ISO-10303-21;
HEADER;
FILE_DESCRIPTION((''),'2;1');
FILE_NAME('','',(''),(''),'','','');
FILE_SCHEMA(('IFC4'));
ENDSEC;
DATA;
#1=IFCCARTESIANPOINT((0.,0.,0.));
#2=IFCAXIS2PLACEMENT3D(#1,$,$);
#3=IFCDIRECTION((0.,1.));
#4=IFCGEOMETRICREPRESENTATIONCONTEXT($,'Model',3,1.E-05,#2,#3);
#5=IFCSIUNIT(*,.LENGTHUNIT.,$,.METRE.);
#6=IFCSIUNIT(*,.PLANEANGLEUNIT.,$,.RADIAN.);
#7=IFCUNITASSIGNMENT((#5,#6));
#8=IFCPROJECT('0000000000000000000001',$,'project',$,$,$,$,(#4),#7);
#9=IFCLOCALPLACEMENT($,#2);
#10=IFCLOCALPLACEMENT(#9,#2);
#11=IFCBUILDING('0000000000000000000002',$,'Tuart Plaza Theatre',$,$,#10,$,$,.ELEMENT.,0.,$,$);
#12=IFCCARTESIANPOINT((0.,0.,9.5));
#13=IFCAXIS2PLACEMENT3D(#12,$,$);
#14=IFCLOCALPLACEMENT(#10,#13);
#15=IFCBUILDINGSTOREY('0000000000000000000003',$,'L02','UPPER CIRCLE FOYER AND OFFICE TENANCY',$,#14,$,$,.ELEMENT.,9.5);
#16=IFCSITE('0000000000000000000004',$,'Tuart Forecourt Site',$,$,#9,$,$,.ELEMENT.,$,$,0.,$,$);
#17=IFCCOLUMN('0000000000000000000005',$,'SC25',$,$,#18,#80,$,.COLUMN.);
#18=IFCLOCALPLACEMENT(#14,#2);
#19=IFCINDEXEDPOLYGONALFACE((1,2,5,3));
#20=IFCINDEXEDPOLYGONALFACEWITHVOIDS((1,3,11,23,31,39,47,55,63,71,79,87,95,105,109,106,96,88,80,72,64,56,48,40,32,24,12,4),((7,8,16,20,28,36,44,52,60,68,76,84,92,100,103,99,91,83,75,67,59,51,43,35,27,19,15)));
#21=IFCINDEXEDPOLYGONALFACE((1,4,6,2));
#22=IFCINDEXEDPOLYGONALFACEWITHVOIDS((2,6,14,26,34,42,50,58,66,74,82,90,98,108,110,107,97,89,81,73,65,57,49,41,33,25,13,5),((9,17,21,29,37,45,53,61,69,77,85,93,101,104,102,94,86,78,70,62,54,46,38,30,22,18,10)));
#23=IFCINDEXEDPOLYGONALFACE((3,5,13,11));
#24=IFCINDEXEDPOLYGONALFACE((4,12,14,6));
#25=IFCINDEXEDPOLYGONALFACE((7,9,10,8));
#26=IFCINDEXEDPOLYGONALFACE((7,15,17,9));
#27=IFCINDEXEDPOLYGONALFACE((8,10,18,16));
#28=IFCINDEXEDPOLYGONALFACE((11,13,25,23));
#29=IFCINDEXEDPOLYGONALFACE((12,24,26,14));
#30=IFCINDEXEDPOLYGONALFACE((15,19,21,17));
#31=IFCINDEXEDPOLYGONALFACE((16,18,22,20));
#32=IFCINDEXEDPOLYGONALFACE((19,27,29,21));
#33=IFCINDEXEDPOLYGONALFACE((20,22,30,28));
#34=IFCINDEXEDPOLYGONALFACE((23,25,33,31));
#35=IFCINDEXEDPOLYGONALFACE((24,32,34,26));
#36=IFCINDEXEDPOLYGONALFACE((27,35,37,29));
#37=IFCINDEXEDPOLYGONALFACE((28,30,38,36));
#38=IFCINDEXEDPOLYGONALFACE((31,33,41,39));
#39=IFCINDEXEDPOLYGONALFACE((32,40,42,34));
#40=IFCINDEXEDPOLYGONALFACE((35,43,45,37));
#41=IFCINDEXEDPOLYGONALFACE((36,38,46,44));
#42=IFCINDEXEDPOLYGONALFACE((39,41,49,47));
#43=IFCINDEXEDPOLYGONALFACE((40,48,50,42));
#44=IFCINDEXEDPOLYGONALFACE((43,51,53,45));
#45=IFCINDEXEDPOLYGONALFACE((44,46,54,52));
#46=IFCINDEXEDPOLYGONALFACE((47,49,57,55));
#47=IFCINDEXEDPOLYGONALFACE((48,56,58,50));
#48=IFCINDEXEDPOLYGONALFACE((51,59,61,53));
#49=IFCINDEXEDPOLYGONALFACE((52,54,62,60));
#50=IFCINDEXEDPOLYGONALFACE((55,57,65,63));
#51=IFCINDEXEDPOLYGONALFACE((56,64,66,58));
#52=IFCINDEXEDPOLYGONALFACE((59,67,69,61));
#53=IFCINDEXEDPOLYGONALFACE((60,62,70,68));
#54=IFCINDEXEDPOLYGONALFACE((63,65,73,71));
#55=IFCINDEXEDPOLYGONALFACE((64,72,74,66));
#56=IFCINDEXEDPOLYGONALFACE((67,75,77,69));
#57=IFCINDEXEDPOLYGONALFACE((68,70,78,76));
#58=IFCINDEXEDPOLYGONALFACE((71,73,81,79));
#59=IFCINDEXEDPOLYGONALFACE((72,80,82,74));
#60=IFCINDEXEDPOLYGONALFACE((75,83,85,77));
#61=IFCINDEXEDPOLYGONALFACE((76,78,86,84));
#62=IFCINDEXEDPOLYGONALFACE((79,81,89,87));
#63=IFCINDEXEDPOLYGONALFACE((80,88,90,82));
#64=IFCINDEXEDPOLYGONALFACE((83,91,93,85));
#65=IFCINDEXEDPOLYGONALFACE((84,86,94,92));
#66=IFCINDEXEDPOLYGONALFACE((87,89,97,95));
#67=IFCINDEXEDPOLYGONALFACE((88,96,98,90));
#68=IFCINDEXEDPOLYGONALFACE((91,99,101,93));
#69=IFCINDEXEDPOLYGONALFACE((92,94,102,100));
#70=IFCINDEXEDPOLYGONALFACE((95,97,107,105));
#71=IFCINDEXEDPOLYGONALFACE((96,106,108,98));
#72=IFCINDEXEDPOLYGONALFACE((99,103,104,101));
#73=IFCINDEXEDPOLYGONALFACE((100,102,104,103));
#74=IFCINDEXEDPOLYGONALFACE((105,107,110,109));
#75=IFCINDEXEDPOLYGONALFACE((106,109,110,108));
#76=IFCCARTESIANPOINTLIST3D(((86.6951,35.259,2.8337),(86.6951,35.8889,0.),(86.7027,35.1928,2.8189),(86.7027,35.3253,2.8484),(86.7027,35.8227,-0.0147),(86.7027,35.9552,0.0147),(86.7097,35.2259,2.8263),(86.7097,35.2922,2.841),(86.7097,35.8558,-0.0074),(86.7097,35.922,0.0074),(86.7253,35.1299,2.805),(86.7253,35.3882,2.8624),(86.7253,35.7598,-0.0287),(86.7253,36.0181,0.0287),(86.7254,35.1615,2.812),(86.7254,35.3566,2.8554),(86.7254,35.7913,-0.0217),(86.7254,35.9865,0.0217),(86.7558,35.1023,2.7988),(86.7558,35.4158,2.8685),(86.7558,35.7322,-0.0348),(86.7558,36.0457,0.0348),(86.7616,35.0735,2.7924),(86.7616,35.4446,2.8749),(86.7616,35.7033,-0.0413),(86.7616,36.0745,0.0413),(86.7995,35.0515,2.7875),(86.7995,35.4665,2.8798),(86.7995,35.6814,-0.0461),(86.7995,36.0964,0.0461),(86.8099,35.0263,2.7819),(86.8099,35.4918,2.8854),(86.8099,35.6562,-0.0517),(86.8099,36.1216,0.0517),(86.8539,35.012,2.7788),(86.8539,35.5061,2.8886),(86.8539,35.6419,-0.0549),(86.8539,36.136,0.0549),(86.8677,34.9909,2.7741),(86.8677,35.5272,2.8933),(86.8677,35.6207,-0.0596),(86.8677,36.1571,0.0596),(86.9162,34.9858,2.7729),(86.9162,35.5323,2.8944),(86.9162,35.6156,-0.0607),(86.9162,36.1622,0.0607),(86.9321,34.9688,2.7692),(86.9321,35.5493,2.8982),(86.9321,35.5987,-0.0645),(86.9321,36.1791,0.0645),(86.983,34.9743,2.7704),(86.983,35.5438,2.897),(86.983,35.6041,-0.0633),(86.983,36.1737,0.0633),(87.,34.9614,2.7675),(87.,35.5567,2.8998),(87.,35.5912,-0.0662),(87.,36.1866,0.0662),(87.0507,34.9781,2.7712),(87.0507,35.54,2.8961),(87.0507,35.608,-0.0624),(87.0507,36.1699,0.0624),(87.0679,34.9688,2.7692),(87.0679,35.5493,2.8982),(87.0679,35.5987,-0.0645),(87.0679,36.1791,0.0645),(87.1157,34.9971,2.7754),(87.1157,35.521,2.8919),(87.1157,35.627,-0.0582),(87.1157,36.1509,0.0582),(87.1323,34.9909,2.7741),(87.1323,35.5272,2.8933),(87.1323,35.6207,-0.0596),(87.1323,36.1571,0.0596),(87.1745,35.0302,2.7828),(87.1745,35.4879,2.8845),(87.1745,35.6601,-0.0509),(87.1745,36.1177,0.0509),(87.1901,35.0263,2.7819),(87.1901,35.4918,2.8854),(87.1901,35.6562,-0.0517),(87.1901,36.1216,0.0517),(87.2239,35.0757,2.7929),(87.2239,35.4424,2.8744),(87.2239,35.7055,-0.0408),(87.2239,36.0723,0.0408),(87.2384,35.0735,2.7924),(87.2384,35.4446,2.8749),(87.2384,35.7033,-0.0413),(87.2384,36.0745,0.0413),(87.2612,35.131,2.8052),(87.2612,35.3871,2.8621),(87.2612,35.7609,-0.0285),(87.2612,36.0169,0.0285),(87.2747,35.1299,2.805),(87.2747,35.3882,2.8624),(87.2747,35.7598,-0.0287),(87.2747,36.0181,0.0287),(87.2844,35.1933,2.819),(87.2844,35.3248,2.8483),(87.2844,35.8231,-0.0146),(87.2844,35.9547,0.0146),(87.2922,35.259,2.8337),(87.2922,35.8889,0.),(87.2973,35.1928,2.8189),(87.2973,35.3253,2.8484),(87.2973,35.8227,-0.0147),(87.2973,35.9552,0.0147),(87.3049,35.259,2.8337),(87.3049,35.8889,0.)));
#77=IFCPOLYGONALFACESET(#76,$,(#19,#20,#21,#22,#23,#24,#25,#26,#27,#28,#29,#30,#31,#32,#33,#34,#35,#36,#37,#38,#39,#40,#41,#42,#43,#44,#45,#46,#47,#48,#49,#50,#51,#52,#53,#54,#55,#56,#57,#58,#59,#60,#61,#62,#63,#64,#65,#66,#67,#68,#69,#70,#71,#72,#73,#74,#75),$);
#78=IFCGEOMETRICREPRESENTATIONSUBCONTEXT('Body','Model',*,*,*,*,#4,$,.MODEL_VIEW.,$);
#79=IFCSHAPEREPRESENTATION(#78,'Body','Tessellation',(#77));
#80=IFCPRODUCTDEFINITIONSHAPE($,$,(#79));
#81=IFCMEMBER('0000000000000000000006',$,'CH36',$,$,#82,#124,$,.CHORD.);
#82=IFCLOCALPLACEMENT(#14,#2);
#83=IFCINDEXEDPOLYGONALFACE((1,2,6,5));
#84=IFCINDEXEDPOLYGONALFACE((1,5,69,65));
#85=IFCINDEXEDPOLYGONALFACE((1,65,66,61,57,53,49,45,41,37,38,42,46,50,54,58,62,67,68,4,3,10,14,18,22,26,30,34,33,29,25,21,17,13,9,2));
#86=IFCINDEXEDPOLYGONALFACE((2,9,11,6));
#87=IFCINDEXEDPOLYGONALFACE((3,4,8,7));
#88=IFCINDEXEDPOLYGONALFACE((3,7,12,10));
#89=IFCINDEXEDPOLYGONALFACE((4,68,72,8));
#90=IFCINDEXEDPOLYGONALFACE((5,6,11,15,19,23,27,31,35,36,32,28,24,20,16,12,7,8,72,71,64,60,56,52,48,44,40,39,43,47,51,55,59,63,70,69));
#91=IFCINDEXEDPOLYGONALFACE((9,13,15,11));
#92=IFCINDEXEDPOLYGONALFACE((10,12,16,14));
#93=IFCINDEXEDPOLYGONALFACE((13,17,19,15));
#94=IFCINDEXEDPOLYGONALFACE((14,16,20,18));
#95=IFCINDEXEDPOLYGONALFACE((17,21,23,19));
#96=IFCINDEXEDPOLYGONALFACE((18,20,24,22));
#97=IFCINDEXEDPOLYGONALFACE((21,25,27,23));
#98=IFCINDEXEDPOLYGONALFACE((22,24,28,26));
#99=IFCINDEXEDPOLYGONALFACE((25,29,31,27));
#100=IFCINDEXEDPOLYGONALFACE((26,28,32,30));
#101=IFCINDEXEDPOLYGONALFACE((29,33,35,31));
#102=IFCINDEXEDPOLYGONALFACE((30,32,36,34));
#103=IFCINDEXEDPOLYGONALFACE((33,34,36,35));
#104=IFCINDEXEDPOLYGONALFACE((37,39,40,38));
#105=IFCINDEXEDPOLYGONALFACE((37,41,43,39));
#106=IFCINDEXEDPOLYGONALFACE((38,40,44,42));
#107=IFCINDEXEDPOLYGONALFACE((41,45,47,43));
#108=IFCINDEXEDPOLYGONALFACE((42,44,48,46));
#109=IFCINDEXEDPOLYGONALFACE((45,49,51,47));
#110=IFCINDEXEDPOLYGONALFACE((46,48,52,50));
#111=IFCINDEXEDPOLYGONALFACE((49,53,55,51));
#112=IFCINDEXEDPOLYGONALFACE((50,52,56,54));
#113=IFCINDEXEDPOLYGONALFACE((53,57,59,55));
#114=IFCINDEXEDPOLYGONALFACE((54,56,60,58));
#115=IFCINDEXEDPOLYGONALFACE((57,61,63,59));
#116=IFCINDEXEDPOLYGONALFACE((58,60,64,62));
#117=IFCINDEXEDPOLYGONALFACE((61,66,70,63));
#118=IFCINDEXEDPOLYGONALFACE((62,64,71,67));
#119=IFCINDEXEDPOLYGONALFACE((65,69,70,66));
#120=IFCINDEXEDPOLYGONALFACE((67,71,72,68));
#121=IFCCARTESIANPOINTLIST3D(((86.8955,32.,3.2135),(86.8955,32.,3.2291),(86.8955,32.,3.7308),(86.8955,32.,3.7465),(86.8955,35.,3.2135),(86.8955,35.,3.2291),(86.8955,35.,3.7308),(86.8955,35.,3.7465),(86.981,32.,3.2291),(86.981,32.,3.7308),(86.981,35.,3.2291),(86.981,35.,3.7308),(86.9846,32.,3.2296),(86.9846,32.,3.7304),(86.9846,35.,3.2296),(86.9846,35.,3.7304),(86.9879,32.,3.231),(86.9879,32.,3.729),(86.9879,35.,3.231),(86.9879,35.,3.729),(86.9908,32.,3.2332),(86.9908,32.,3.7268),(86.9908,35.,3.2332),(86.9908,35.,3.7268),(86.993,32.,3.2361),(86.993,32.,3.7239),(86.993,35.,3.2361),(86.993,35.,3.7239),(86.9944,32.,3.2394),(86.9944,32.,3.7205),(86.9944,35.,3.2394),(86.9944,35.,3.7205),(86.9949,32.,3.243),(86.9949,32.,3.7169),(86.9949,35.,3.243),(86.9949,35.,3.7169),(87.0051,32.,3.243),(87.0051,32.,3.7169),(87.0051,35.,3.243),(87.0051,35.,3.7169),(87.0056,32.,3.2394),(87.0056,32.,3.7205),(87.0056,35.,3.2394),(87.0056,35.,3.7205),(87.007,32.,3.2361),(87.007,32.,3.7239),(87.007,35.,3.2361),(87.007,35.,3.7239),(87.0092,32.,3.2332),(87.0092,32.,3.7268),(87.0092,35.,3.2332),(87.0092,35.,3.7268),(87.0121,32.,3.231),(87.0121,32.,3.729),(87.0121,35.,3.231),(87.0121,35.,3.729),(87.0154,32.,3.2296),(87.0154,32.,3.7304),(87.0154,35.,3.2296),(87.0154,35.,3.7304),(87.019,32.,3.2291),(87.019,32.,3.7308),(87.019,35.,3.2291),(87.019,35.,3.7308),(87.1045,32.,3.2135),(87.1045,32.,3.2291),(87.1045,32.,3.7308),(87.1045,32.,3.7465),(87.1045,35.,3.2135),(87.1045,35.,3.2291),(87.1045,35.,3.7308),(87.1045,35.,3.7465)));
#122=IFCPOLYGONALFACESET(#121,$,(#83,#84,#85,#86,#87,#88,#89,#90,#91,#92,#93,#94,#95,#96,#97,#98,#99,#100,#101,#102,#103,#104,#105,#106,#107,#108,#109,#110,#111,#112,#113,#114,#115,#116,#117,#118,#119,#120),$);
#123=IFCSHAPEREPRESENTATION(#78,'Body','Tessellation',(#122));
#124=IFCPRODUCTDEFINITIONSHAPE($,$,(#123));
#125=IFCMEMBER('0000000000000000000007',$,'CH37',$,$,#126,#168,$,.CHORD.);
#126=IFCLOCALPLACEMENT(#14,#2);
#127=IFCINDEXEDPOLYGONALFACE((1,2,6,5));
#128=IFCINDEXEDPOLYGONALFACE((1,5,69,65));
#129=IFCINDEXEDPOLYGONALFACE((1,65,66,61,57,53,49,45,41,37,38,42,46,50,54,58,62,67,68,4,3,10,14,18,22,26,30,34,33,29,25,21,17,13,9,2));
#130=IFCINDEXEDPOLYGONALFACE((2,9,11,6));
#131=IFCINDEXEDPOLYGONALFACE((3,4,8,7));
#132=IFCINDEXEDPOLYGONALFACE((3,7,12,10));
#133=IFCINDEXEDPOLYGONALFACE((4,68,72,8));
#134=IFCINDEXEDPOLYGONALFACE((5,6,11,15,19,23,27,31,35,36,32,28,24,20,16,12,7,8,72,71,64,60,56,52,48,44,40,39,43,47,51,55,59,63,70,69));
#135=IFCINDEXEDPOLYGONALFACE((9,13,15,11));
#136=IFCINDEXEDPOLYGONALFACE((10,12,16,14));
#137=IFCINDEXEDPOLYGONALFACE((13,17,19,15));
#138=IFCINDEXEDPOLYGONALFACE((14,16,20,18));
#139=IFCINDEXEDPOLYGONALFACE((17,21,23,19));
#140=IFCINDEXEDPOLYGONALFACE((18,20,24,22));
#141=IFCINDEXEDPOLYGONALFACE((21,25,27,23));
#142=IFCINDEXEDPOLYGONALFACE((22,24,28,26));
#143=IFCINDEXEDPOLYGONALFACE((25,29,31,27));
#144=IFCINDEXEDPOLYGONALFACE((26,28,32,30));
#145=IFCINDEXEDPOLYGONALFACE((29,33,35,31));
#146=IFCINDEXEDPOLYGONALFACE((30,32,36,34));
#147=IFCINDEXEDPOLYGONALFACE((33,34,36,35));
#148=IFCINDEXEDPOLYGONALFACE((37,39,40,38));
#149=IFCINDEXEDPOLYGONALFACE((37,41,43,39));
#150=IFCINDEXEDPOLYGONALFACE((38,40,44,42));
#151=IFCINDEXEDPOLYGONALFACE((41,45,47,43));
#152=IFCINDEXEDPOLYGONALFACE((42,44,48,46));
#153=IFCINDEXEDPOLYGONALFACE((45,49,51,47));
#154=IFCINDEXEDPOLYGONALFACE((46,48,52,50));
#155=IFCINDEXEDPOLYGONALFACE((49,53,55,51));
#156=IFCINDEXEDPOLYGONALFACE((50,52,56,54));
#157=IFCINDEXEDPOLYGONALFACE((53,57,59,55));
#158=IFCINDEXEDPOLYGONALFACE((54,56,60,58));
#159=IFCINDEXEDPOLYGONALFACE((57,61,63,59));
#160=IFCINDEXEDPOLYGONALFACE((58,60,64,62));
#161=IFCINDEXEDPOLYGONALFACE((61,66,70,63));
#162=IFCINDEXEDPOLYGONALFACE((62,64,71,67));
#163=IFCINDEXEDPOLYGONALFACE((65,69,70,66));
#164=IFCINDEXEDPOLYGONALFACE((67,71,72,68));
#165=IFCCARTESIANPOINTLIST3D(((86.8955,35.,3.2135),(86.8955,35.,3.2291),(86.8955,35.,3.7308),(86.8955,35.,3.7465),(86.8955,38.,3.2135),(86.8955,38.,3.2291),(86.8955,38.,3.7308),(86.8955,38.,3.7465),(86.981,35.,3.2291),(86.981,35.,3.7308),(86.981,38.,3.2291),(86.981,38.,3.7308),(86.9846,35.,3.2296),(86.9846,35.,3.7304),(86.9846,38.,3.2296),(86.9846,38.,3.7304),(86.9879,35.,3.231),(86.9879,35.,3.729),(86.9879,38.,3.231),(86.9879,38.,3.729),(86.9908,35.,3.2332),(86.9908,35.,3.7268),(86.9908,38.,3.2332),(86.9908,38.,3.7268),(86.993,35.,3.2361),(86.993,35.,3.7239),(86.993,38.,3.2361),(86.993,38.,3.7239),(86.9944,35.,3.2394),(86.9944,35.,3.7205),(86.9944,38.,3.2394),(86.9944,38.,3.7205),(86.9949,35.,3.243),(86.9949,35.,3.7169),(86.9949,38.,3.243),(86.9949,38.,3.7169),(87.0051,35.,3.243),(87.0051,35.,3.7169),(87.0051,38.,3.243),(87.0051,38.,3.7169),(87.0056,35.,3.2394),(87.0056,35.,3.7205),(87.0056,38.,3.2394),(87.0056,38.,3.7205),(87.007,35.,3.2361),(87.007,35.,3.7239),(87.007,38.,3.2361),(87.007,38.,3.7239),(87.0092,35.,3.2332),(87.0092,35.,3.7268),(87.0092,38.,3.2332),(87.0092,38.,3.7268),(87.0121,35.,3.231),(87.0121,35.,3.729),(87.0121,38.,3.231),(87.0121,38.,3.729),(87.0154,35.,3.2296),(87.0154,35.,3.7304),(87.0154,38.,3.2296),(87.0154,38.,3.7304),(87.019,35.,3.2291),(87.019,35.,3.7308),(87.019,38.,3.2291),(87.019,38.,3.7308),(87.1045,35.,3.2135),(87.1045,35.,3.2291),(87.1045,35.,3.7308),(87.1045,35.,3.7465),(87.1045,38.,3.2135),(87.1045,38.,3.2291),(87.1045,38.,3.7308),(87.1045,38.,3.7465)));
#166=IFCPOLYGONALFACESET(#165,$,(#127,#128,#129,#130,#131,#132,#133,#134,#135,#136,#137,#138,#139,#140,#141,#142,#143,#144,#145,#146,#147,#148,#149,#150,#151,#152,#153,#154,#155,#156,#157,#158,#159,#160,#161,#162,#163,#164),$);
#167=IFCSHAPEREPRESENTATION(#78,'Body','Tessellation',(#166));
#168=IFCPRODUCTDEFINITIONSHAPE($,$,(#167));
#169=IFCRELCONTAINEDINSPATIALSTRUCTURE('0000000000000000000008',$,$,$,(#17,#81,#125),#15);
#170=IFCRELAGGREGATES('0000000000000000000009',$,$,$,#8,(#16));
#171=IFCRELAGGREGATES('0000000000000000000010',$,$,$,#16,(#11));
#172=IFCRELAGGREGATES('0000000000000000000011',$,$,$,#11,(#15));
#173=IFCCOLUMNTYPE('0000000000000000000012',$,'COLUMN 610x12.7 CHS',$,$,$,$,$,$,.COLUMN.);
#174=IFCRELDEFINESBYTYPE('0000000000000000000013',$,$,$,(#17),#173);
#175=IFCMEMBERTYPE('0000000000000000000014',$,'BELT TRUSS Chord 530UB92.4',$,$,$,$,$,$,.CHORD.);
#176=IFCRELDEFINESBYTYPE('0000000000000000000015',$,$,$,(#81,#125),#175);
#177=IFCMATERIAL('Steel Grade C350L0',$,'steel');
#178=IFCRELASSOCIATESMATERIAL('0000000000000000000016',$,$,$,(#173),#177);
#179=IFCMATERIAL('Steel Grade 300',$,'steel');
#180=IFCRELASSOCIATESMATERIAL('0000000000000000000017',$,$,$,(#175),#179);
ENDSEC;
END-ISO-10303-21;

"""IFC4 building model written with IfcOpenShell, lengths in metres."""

from ifc_helpers import new_model, si_unit, direction, frame, origin, origin_2d, place, context, subcontext, project, spatial, hollow_circle, i_section, extrude, material, material_profile, profile_set, type_object, element, save


model = new_model("IFC4")

# Units and contexts
model_context = context("Model", 3, precision=1e-05, world=origin(), true_north=direction((0.0, 1.0)))
body_context = subcontext(model_context, "Body", "Model", "MODEL_VIEW")
ifc_project = project(units=[si_unit("LENGTHUNIT", "METRE"), si_unit("PLANEANGLEUNIT", "RADIAN")], contexts=[model_context])

# Site, building, storey
site_placement = place(None, origin())
site = spatial("IfcSite", under=ifc_project, at=site_placement, Name="Tuart Forecourt Site", CompositionType="ELEMENT", RefElevation=0.0)
building_placement = place(site_placement, origin())
building = spatial("IfcBuilding", under=site, at=building_placement, Name="Tuart Plaza Theatre", CompositionType="ELEMENT", ElevationOfRefHeight=0.0)
storey_placement = place(building_placement, frame((0.0, 0.0, 9.5)))
storey = spatial("IfcBuildingStorey", under=building, at=storey_placement, Name="L02", Description="UPPER CIRCLE FOYER AND OFFICE TENANCY", CompositionType="ELEMENT", Elevation=9.5)

# Column
ifc_material_1 = material(Name="Steel Grade C350L0", Category="steel")
ifc_material_profile_1 = material_profile(ifc_material_1, hollow_circle(Radius=0.3049, WallThickness=0.0127, at=origin_2d()), Name="610x12.7 CHS")
ifc_profile_set_1 = profile_set([ifc_material_profile_1], Name="Steel Grade C350L0")
column_type = type_object("IfcColumnType", Name="COLUMN 610x12.7 CHS", PredefinedType="COLUMN", material=ifc_profile_set_1)
column_placement = place(storey_placement, frame((87.0, 35.8889, 0.0), z_axis=(0.0, -0.216984, 0.976175), x_axis=(1.0, 0.0, 0.0)))
element("IfcColumn", 1, at=column_placement, inside=storey, type_object=column_type, Name="SC25", PredefinedType="COLUMN", context=body_context, shape_type="SweptSolid", body=[
    extrude(hollow_circle(Radius=0.3049, WallThickness=0.0127, at=origin_2d()), origin(), (0.0, 0.0, 1.0), 2.9028),
])

# Members
ifc_material_2 = material(Name="Steel Grade 300", Category="steel")
ifc_material_profile_2 = material_profile(ifc_material_2, i_section(OverallWidth=0.209, OverallDepth=0.533, WebThickness=0.0103, FlangeThickness=0.0156, FilletRadius=0.0139, at=origin_2d()), Name="530UB92.4")
ifc_profile_set_2 = profile_set([ifc_material_profile_2], Name="Steel Grade 300")
member_type_1 = type_object("IfcMemberType", Name="BELT TRUSS Chord 530UB92.4", PredefinedType="CHORD", material=ifc_profile_set_2)
for number, where, z_axis, x_axis, name in (
    (2, (87.0, 32.0, 3.48), (0.0, 1.0, 0.0), (-1.0, 0.0, 0.0), "CH36"),
    (3, (87.0, 35.0, 3.48), (0.0, 1.0, 0.0), (-1.0, 0.0, 0.0), "CH37"),
):
    element("IfcMember", number, at=place(storey_placement, frame(where, z_axis=z_axis, x_axis=x_axis)), inside=storey, type_object=member_type_1, Name=name, PredefinedType="CHORD", context=body_context, shape_type="SweptSolid", body=[
        extrude(i_section(OverallWidth=0.209, OverallDepth=0.533, WebThickness=0.0103, FlangeThickness=0.0156, FilletRadius=0.0139, at=origin_2d()), origin(), (0.0, 0.0, 1.0), 3.0),
    ])

save(model, "model.ifc")
